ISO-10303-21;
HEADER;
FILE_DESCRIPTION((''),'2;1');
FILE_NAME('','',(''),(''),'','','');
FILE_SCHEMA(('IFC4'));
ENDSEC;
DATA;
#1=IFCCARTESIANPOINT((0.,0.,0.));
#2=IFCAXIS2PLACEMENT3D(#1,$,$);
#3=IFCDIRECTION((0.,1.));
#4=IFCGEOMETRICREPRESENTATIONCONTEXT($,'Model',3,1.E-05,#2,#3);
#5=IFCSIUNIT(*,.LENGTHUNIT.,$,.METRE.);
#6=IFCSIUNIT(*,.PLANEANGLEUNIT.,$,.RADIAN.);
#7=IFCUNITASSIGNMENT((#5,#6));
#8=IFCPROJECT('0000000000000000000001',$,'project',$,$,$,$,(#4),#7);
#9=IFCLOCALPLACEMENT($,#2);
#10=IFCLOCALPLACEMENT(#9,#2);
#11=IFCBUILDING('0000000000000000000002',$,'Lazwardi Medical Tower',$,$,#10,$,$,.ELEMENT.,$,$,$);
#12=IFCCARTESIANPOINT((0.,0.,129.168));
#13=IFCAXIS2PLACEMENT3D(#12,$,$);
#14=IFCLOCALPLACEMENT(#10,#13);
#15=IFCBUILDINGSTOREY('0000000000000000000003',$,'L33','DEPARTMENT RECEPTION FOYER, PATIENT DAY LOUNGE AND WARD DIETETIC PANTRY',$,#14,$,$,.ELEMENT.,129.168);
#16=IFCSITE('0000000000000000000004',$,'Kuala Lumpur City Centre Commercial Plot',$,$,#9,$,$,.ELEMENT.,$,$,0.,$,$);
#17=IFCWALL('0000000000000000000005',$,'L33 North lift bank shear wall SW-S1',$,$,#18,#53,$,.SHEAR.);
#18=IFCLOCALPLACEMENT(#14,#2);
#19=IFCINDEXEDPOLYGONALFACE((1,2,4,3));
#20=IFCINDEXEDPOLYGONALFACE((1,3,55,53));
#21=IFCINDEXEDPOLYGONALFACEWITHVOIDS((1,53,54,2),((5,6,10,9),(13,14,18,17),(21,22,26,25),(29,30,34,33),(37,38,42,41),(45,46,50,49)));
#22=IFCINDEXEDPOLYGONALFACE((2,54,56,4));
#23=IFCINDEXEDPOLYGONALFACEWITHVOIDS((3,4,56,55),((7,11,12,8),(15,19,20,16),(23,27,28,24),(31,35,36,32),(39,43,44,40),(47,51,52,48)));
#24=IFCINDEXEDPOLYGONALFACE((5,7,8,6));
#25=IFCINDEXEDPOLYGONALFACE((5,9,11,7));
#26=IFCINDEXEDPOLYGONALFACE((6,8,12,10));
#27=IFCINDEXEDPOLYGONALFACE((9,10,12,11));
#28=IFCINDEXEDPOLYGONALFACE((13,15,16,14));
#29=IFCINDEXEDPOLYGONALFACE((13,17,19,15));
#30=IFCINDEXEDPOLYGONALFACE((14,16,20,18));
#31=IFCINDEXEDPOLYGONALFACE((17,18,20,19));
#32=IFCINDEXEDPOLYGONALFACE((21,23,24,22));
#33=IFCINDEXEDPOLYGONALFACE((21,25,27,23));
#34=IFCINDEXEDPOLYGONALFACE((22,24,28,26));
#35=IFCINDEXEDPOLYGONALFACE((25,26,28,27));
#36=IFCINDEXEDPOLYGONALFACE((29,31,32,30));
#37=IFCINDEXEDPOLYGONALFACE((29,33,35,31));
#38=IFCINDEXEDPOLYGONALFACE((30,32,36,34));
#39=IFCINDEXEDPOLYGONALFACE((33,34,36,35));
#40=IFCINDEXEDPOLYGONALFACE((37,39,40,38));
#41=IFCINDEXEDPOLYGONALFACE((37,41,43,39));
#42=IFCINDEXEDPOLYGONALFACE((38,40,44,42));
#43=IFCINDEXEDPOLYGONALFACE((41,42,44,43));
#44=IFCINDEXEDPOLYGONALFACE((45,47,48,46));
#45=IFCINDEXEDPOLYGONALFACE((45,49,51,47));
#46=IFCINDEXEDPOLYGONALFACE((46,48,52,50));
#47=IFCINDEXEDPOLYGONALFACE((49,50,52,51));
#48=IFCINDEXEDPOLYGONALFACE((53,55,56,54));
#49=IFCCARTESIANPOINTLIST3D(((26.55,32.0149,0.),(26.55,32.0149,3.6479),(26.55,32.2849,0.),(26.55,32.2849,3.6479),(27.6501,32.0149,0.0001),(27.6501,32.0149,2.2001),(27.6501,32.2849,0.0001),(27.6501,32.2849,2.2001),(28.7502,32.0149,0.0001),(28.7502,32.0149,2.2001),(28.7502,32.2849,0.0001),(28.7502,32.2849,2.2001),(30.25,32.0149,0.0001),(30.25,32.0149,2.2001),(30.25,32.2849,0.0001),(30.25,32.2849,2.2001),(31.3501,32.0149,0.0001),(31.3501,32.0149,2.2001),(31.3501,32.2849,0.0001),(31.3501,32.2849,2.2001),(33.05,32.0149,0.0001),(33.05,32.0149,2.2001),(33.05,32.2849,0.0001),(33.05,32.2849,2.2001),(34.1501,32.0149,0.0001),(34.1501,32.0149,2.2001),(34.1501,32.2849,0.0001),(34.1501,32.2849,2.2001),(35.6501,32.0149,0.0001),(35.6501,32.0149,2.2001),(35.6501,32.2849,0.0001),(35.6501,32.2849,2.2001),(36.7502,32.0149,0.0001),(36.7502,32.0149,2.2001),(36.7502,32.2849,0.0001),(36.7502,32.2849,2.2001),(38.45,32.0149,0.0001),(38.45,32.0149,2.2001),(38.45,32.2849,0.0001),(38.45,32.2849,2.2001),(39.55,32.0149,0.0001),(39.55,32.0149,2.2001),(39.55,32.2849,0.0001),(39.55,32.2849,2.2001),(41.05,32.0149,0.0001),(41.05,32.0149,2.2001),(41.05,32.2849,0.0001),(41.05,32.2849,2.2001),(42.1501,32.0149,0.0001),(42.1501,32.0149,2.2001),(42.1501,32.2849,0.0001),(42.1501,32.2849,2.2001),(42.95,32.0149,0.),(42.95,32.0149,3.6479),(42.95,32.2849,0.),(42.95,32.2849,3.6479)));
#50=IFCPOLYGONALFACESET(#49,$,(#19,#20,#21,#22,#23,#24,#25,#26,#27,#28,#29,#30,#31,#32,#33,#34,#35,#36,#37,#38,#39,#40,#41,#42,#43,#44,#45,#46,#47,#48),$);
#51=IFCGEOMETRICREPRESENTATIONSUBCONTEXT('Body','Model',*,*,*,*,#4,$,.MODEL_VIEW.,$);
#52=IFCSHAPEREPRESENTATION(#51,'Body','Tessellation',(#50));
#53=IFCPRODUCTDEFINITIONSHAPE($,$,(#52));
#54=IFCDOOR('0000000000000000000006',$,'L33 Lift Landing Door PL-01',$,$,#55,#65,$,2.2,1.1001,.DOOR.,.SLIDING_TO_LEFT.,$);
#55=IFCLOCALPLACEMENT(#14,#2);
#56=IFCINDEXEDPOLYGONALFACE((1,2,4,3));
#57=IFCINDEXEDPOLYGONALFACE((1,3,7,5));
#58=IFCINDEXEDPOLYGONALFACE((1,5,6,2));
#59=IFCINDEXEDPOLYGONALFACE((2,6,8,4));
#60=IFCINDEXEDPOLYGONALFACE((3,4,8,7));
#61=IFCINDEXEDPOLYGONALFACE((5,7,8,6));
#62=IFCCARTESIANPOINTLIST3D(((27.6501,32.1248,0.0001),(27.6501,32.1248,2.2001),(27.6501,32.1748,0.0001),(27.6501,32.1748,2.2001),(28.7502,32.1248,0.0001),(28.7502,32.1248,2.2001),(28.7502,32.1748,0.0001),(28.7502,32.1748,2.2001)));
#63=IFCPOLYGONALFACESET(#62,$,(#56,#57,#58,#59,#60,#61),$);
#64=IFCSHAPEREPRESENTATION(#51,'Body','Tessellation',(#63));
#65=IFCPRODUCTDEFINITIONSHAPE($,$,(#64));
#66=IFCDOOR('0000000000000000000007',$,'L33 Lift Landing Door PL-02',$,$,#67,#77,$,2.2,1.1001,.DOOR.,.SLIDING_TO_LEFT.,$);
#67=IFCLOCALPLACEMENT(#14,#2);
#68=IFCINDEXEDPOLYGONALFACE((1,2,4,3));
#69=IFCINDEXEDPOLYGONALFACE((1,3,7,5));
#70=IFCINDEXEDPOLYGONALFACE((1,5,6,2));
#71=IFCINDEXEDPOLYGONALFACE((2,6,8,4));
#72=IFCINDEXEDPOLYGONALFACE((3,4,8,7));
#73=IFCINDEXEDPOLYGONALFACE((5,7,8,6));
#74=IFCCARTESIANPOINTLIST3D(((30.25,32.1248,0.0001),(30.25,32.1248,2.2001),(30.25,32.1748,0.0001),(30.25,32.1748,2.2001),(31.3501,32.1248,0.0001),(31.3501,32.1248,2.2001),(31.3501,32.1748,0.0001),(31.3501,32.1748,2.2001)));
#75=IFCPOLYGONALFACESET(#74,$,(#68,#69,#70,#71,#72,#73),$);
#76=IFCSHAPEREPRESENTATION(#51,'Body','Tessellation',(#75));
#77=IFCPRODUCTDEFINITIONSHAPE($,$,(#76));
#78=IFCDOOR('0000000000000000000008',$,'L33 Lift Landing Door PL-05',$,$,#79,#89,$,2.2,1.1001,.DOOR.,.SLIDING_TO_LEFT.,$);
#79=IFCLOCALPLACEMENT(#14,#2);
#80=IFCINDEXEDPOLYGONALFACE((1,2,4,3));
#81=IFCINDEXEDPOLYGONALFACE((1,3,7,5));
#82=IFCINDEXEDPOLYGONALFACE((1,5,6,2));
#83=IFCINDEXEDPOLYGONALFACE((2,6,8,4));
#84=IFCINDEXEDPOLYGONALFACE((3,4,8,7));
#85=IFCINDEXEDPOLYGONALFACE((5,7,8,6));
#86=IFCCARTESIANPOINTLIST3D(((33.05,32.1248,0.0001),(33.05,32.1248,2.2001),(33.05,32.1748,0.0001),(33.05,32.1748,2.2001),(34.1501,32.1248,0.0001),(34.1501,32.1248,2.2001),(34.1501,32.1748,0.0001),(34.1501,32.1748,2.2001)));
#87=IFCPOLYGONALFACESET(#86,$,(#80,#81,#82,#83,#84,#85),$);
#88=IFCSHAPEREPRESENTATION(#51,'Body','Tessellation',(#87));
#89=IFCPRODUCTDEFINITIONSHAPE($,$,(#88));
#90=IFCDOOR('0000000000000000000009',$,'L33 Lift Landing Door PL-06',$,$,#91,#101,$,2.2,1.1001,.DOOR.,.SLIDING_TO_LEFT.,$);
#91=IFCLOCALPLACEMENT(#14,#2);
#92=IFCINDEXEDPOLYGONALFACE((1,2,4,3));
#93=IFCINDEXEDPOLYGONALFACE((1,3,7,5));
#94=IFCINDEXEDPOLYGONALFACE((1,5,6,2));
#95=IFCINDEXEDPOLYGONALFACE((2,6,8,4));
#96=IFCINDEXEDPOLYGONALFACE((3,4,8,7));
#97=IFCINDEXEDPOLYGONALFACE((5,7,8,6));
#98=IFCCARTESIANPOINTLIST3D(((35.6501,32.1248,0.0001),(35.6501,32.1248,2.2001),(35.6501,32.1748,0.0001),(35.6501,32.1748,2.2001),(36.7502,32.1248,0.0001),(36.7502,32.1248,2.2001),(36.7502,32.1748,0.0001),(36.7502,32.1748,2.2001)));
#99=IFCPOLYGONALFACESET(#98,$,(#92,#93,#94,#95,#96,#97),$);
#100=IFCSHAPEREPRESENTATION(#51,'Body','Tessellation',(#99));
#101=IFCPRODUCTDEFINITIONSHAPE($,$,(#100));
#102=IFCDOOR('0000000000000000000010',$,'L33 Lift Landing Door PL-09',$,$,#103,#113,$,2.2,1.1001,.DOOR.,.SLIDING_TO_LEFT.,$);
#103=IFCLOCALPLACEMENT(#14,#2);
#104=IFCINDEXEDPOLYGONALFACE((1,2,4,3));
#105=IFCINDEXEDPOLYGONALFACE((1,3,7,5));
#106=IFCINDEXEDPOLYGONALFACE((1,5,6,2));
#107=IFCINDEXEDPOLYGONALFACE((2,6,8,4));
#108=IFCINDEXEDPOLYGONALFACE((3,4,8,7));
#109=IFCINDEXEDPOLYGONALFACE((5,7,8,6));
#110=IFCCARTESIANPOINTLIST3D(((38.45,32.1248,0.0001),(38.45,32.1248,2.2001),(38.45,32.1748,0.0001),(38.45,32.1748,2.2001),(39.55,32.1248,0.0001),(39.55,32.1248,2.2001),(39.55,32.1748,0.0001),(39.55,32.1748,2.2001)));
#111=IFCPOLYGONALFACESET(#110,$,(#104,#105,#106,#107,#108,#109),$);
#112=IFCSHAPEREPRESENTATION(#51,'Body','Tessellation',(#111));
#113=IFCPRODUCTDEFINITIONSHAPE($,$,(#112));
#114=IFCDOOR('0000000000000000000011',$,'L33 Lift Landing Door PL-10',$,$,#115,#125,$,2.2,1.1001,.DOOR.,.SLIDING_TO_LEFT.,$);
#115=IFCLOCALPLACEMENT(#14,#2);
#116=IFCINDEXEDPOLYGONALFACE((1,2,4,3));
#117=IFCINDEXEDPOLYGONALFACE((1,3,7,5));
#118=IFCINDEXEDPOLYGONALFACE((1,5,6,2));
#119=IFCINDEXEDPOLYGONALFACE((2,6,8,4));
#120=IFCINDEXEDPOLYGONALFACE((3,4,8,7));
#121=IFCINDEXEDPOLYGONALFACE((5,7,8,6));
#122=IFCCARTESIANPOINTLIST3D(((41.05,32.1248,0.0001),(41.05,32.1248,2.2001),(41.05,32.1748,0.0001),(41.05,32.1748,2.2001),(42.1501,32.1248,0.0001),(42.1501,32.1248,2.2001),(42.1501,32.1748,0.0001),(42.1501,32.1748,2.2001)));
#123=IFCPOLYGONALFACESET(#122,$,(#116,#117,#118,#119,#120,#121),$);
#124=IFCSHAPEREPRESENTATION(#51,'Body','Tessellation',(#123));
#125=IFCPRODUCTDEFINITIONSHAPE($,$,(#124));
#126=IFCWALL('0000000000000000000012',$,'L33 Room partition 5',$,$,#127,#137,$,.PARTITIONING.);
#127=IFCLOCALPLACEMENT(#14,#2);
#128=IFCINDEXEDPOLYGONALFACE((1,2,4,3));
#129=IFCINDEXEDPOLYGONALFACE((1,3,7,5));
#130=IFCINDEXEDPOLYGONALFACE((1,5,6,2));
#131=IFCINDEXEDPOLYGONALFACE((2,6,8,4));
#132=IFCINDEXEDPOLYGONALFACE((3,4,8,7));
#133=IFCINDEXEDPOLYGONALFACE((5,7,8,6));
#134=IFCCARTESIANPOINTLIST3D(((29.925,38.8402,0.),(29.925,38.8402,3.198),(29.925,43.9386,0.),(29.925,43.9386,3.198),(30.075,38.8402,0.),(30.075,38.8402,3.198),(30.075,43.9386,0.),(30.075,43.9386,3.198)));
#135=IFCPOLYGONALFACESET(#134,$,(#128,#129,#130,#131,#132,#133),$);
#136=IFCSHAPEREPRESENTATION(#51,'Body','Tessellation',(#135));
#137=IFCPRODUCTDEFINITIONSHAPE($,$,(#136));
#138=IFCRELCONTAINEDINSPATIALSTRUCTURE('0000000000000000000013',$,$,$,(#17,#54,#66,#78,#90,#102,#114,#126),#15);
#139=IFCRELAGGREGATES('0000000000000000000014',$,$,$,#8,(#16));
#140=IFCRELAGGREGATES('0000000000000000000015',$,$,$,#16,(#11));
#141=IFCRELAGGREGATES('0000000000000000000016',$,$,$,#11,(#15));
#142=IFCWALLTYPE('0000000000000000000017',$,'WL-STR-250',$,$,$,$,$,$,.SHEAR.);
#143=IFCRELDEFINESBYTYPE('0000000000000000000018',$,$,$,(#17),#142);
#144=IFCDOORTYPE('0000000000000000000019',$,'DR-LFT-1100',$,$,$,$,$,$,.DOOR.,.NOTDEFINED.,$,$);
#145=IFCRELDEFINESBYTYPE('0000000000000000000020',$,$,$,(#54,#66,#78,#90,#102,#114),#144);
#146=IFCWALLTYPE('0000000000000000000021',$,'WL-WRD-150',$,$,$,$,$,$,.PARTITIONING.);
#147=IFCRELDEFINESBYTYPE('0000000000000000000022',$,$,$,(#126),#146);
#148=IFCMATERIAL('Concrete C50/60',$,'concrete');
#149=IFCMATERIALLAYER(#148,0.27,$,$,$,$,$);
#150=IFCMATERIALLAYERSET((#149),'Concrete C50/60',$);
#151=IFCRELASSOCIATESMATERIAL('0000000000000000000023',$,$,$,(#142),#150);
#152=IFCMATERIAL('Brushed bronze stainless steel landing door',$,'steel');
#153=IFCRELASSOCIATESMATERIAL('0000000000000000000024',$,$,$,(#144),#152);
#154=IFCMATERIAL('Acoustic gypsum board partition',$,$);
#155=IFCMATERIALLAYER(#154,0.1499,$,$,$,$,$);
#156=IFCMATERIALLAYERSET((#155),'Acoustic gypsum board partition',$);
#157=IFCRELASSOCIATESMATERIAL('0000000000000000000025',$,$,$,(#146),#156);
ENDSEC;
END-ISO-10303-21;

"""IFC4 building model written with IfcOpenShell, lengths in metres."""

from ifc_helpers import new_model, si_unit, direction, frame, frame_2d, origin, place, context, subcontext, project, spatial, rectangle, extrude, material, layer, layer_set, type_object, element, fill, save


model = new_model("IFC4")

# Units and contexts
model_context = context("Model", 3, precision=1e-05, world=origin(), true_north=direction((0.0, 1.0)))
body_context = subcontext(model_context, "Body", "Model", "MODEL_VIEW")
ifc_project = project(units=[si_unit("LENGTHUNIT", "METRE"), si_unit("PLANEANGLEUNIT", "RADIAN")], contexts=[model_context])

# Site, building, storey
site_placement = place(None, origin())
site = spatial("IfcSite", under=ifc_project, at=site_placement, Name="Kuala Lumpur City Centre Commercial Plot", CompositionType="ELEMENT", RefElevation=0.0)
building_placement = place(site_placement, origin())
building = spatial("IfcBuilding", under=site, at=building_placement, Name="Lazwardi Medical Tower", CompositionType="ELEMENT")
storey_placement = place(building_placement, frame((0.0, 0.0, 129.168)))
storey = spatial("IfcBuildingStorey", under=building, at=storey_placement, Name="L33", Description="DEPARTMENT RECEPTION FOYER, PATIENT DAY LOUNGE AND WARD DIETETIC PANTRY", CompositionType="ELEMENT", Elevation=129.168)

# Shared definitions
ifc_material_1 = material(Name="Concrete C50/60", Category="concrete")
ifc_layer_1 = layer(ifc_material_1, 0.27)
ifc_layer_set_1 = layer_set([ifc_layer_1], Name="Concrete C50/60")
wall_type_1 = type_object("IfcWallType", Name="WL-STR-250", PredefinedType="SHEAR", material=ifc_layer_set_1)

# Wall, openings, doors
wall_1_placement = place(storey_placement, frame((26.55, 32.1499, 0.0), z_axis=(0.0, 0.0, 1.0), x_axis=(1.0, 0.0, 0.0)))
wall_1 = element("IfcWall", 1, at=wall_1_placement, inside=storey, type_object=wall_type_1, Name="L33 North lift bank shear wall SW-S1", PredefinedType="SHEAR", context=body_context, shape_type="SweptSolid", body=[
    extrude(rectangle(XDim=16.3999, YDim=0.27, at=frame_2d((8.2, 0.0))), origin(), (0.0, 0.0, 1.0), 3.6479),
])
opening_1_placement = place(wall_1_placement, frame((1.1001, 0.0, 0.0)))
opening_1 = element("IfcOpeningElement", 2, at=opening_1_placement, cuts=wall_1, PredefinedType="OPENING", context=body_context, shape_type="SweptSolid", body=[
    extrude(rectangle(XDim=1.1001, YDim=2.2, at=frame_2d((0.55, 1.1001))), frame((0.0, 0.145, 0.0), z_axis=(0.0, -1.0, 0.0), x_axis=(1.0, 0.0, 0.0)), (0.0, 0.0, 1.0), 0.29),
])
opening_2_placement = place(wall_1_placement, frame((3.7, 0.0, 0.0)))
opening_2 = element("IfcOpeningElement", 3, at=opening_2_placement, cuts=wall_1, PredefinedType="OPENING", context=body_context, shape_type="SweptSolid", body=[
    extrude(rectangle(XDim=1.1001, YDim=2.2, at=frame_2d((0.55, 1.1001))), frame((0.0, 0.145, 0.0), z_axis=(0.0, -1.0, 0.0), x_axis=(1.0, 0.0, 0.0)), (0.0, 0.0, 1.0), 0.29),
])
opening_3_placement = place(wall_1_placement, frame((6.5, 0.0, 0.0)))
opening_3 = element("IfcOpeningElement", 4, at=opening_3_placement, cuts=wall_1, PredefinedType="OPENING", context=body_context, shape_type="SweptSolid", body=[
    extrude(rectangle(XDim=1.1001, YDim=2.2, at=frame_2d((0.55, 1.1001))), frame((0.0, 0.145, 0.0), z_axis=(0.0, -1.0, 0.0), x_axis=(1.0, 0.0, 0.0)), (0.0, 0.0, 1.0), 0.29),
])
opening_4_placement = place(wall_1_placement, frame((9.1001, 0.0, 0.0)))
opening_4 = element("IfcOpeningElement", 5, at=opening_4_placement, cuts=wall_1, PredefinedType="OPENING", context=body_context, shape_type="SweptSolid", body=[
    extrude(rectangle(XDim=1.1001, YDim=2.2, at=frame_2d((0.55, 1.1001))), frame((0.0, 0.145, 0.0), z_axis=(0.0, -1.0, 0.0), x_axis=(1.0, 0.0, 0.0)), (0.0, 0.0, 1.0), 0.29),
])
opening_5_placement = place(wall_1_placement, frame((11.8999, 0.0, 0.0)))
opening_5 = element("IfcOpeningElement", 6, at=opening_5_placement, cuts=wall_1, PredefinedType="OPENING", context=body_context, shape_type="SweptSolid", body=[
    extrude(rectangle(XDim=1.1001, YDim=2.2, at=frame_2d((0.55, 1.1001))), frame((0.0, 0.145, 0.0), z_axis=(0.0, -1.0, 0.0), x_axis=(1.0, 0.0, 0.0)), (0.0, 0.0, 1.0), 0.29),
])
opening_6_placement = place(wall_1_placement, frame((14.5, 0.0, 0.0)))
opening_6 = element("IfcOpeningElement", 7, at=opening_6_placement, cuts=wall_1, PredefinedType="OPENING", context=body_context, shape_type="SweptSolid", body=[
    extrude(rectangle(XDim=1.1001, YDim=2.2, at=frame_2d((0.55, 1.1001))), frame((0.0, 0.145, 0.0), z_axis=(0.0, -1.0, 0.0), x_axis=(1.0, 0.0, 0.0)), (0.0, 0.0, 1.0), 0.29),
])
ifc_material_2 = material(Name="Brushed bronze stainless steel landing door", Category="steel")
door_type_1 = type_object("IfcDoorType", Name="DR-LFT-1100", OperationType="NOTDEFINED", PredefinedType="DOOR", material=ifc_material_2)
door_1_placement = place(opening_1_placement, origin())
door_1 = element("IfcDoor", 8, at=door_1_placement, inside=storey, type_object=door_type_1, Name="L33 Lift Landing Door PL-01", OperationType="SLIDING_TO_LEFT", OverallHeight=2.2, OverallWidth=1.1001, PredefinedType="DOOR", context=body_context, shape_type="SweptSolid", body=[
    extrude(rectangle(XDim=1.1001, YDim=2.2, at=frame_2d((0.55, 1.1001))), frame((0.0, 0.0249, 0.0), z_axis=(0.0, -1.0, 0.0), x_axis=(1.0, 0.0, 0.0)), (0.0, 0.0, 1.0), 0.05),
])
fill(opening_1, door_1)
door_2_placement = place(opening_2_placement, origin())
door_2 = element("IfcDoor", 9, at=door_2_placement, inside=storey, type_object=door_type_1, Name="L33 Lift Landing Door PL-02", OperationType="SLIDING_TO_LEFT", OverallHeight=2.2, OverallWidth=1.1001, PredefinedType="DOOR", context=body_context, shape_type="SweptSolid", body=[
    extrude(rectangle(XDim=1.1001, YDim=2.2, at=frame_2d((0.55, 1.1001))), frame((0.0, 0.0249, 0.0), z_axis=(0.0, -1.0, 0.0), x_axis=(1.0, 0.0, 0.0)), (0.0, 0.0, 1.0), 0.05),
])
fill(opening_2, door_2)
door_3_placement = place(opening_3_placement, origin())
door_3 = element("IfcDoor", 10, at=door_3_placement, inside=storey, type_object=door_type_1, Name="L33 Lift Landing Door PL-05", OperationType="SLIDING_TO_LEFT", OverallHeight=2.2, OverallWidth=1.1001, PredefinedType="DOOR", context=body_context, shape_type="SweptSolid", body=[
    extrude(rectangle(XDim=1.1001, YDim=2.2, at=frame_2d((0.55, 1.1001))), frame((0.0, 0.0249, 0.0), z_axis=(0.0, -1.0, 0.0), x_axis=(1.0, 0.0, 0.0)), (0.0, 0.0, 1.0), 0.05),
])
fill(opening_3, door_3)
door_4_placement = place(opening_4_placement, origin())
door_4 = element("IfcDoor", 11, at=door_4_placement, inside=storey, type_object=door_type_1, Name="L33 Lift Landing Door PL-06", OperationType="SLIDING_TO_LEFT", OverallHeight=2.2, OverallWidth=1.1001, PredefinedType="DOOR", context=body_context, shape_type="SweptSolid", body=[
    extrude(rectangle(XDim=1.1001, YDim=2.2, at=frame_2d((0.55, 1.1001))), frame((0.0, 0.0249, 0.0), z_axis=(0.0, -1.0, 0.0), x_axis=(1.0, 0.0, 0.0)), (0.0, 0.0, 1.0), 0.05),
])
fill(opening_4, door_4)
door_5_placement = place(opening_5_placement, origin())
door_5 = element("IfcDoor", 12, at=door_5_placement, inside=storey, type_object=door_type_1, Name="L33 Lift Landing Door PL-09", OperationType="SLIDING_TO_LEFT", OverallHeight=2.2, OverallWidth=1.1001, PredefinedType="DOOR", context=body_context, shape_type="SweptSolid", body=[
    extrude(rectangle(XDim=1.1001, YDim=2.2, at=frame_2d((0.55, 1.1001))), frame((0.0, 0.0249, 0.0), z_axis=(0.0, -1.0, 0.0), x_axis=(1.0, 0.0, 0.0)), (0.0, 0.0, 1.0), 0.05),
])
fill(opening_5, door_5)
door_6_placement = place(opening_6_placement, origin())
door_6 = element("IfcDoor", 13, at=door_6_placement, inside=storey, type_object=door_type_1, Name="L33 Lift Landing Door PL-10", OperationType="SLIDING_TO_LEFT", OverallHeight=2.2, OverallWidth=1.1001, PredefinedType="DOOR", context=body_context, shape_type="SweptSolid", body=[
    extrude(rectangle(XDim=1.1001, YDim=2.2, at=frame_2d((0.55, 1.1001))), frame((0.0, 0.0249, 0.0), z_axis=(0.0, -1.0, 0.0), x_axis=(1.0, 0.0, 0.0)), (0.0, 0.0, 1.0), 0.05),
])
fill(opening_6, door_6)

# Wall
ifc_material_3 = material(Name="Acoustic gypsum board partition")
ifc_layer_2 = layer(ifc_material_3, 0.1499)
ifc_layer_set_2 = layer_set([ifc_layer_2], Name="Acoustic gypsum board partition")
wall_type_2 = type_object("IfcWallType", Name="WL-WRD-150", PredefinedType="PARTITIONING", material=ifc_layer_set_2)
wall_2_placement = place(storey_placement, frame((30.0, 38.8401, 0.0), z_axis=(0.0, 0.0, 1.0), x_axis=(0.0, 1.0, 0.0)))
element("IfcWall", 14, at=wall_2_placement, inside=storey, type_object=wall_type_2, Name="L33 Room partition 5", PredefinedType="PARTITIONING", context=body_context, shape_type="SweptSolid", body=[
    extrude(rectangle(XDim=5.0984, YDim=0.1499, at=frame_2d((2.5493, 0.0))), origin(), (0.0, 0.0, 1.0), 3.198),
])

save(model, "model.ifc")
